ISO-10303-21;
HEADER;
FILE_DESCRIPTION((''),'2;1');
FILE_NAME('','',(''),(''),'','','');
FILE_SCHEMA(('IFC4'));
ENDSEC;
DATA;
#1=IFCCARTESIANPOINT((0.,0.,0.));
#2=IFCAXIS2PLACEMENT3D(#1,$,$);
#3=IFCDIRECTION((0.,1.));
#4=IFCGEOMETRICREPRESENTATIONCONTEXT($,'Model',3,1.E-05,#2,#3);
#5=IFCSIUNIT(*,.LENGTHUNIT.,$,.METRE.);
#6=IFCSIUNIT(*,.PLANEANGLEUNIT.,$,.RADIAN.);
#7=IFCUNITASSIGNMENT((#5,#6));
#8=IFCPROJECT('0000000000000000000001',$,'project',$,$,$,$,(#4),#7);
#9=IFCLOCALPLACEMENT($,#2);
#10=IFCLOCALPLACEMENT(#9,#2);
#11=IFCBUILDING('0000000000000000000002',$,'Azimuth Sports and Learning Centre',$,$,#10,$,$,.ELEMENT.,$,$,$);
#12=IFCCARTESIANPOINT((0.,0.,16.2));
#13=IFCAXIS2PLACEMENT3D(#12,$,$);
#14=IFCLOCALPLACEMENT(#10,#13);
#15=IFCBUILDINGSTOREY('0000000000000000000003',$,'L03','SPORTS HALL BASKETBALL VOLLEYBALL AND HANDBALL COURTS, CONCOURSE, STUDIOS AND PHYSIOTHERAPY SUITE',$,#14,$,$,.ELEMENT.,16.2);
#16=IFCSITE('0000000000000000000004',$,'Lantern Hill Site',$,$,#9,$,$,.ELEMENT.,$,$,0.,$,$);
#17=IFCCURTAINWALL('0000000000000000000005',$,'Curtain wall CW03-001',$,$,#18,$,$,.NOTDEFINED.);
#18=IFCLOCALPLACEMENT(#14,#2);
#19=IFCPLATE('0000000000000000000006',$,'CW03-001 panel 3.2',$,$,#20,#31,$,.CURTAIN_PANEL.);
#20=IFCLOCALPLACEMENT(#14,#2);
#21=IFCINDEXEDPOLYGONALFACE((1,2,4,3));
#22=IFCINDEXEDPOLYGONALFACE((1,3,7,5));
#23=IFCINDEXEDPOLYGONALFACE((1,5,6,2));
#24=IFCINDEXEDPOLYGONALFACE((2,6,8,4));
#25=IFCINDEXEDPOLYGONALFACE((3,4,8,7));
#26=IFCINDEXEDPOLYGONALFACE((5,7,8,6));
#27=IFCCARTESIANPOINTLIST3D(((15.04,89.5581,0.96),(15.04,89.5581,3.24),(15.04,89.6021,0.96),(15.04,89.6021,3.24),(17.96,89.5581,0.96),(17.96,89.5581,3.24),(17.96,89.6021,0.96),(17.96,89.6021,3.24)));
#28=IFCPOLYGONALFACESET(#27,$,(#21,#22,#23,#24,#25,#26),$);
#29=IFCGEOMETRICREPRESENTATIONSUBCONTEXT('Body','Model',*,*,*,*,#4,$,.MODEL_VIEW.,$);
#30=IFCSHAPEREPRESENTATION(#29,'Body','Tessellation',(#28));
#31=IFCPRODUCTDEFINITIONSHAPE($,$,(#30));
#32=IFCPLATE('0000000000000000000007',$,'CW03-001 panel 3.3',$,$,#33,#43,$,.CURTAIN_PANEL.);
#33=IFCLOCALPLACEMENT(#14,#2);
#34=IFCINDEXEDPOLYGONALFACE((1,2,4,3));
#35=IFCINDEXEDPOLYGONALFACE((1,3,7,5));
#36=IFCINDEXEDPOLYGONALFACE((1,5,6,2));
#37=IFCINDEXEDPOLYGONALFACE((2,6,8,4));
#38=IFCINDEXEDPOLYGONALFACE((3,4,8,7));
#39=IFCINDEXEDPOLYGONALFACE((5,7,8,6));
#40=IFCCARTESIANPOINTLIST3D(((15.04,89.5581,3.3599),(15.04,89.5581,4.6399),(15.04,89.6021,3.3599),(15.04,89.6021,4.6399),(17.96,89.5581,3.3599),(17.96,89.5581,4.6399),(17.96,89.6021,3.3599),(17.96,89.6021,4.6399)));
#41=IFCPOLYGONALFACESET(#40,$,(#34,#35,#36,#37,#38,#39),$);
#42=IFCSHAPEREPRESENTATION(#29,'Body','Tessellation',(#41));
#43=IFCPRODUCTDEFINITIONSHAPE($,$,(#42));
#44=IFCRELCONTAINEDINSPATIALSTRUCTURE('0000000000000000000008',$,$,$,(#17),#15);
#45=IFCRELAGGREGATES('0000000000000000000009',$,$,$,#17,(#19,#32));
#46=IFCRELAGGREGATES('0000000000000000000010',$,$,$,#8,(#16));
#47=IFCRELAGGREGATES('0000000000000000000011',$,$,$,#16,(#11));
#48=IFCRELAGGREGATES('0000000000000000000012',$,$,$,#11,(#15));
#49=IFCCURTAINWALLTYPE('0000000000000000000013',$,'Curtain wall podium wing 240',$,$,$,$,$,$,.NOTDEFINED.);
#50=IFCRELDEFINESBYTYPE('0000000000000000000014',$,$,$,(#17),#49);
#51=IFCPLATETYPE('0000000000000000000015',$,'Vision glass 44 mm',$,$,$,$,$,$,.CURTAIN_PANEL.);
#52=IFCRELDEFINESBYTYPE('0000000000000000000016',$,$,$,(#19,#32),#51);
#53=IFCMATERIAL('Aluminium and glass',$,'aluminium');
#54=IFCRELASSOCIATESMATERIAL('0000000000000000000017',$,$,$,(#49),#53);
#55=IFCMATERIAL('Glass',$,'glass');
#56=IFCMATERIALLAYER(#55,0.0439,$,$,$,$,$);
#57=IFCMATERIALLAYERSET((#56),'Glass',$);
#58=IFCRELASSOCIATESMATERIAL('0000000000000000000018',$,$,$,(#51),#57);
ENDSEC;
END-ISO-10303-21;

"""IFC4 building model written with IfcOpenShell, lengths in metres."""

from ifc_helpers import new_model, si_unit, direction, frame, origin, origin_2d, place, context, subcontext, project, spatial, rectangle, extrude, material, layer, layer_set, type_object, element, aggregate, save


model = new_model("IFC4")

# Units and contexts
model_context = context("Model", 3, precision=1e-05, world=origin(), true_north=direction((0.0, 1.0)))
body_context = subcontext(model_context, "Body", "Model", "MODEL_VIEW")
ifc_project = project(units=[si_unit("LENGTHUNIT", "METRE"), si_unit("PLANEANGLEUNIT", "RADIAN")], contexts=[model_context])

# Site, building, storey
site_placement = place(None, origin())
site = spatial("IfcSite", under=ifc_project, at=site_placement, Name="Lantern Hill Site", CompositionType="ELEMENT", RefElevation=0.0)
building_placement = place(site_placement, origin())
building = spatial("IfcBuilding", under=site, at=building_placement, Name="Azimuth Sports and Learning Centre", CompositionType="ELEMENT")
storey_placement = place(building_placement, frame((0.0, 0.0, 16.2)))
storey = spatial("IfcBuildingStorey", under=building, at=storey_placement, Name="L03", Description="SPORTS HALL BASKETBALL VOLLEYBALL AND HANDBALL COURTS, CONCOURSE, STUDIOS AND PHYSIOTHERAPY SUITE", CompositionType="ELEMENT", Elevation=16.2)

# Curtain wall, plates
ifc_material_1 = material(Name="Aluminium and glass", Category="aluminium")
curtain_wall_type = type_object("IfcCurtainWallType", Name="Curtain wall podium wing 240", PredefinedType="NOTDEFINED", material=ifc_material_1)
curtain_wall_placement = place(storey_placement, origin())
curtain_wall = element("IfcCurtainWall", 1, at=curtain_wall_placement, inside=storey, type_object=curtain_wall_type, Name="Curtain wall CW03-001", PredefinedType="NOTDEFINED")
ifc_material_2 = material(Name="Glass", Category="glass")
ifc_layer_1 = layer(ifc_material_2, 0.0439)
ifc_layer_set_1 = layer_set([ifc_layer_1], Name="Glass")
plate_type_1 = type_object("IfcPlateType", Name="Vision glass 44 mm", PredefinedType="CURTAIN_PANEL", material=ifc_layer_set_1)
plate_1_placement = place(storey_placement, frame((16.5, 89.5801, 0.96), z_axis=(0.0, 0.0, 1.0), x_axis=(1.0, 0.0, 0.0)))
plate_1 = element("IfcPlate", 2, at=plate_1_placement, type_object=plate_type_1, Name="CW03-001 panel 3.2", PredefinedType="CURTAIN_PANEL", context=body_context, shape_type="SweptSolid", body=[
    extrude(rectangle(XDim=2.9199, YDim=0.0439, at=origin_2d()), origin(), (0.0, 0.0, 1.0), 2.28),
])
plate_2_placement = place(storey_placement, frame((16.5, 89.5801, 3.3599), z_axis=(0.0, 0.0, 1.0), x_axis=(1.0, 0.0, 0.0)))
plate_2 = element("IfcPlate", 3, at=plate_2_placement, type_object=plate_type_1, Name="CW03-001 panel 3.3", PredefinedType="CURTAIN_PANEL", context=body_context, shape_type="SweptSolid", body=[
    extrude(rectangle(XDim=2.9199, YDim=0.0439, at=origin_2d()), origin(), (0.0, 0.0, 1.0), 1.28),
])
aggregate(curtain_wall, [plate_1, plate_2])

save(model, "model.ifc")
